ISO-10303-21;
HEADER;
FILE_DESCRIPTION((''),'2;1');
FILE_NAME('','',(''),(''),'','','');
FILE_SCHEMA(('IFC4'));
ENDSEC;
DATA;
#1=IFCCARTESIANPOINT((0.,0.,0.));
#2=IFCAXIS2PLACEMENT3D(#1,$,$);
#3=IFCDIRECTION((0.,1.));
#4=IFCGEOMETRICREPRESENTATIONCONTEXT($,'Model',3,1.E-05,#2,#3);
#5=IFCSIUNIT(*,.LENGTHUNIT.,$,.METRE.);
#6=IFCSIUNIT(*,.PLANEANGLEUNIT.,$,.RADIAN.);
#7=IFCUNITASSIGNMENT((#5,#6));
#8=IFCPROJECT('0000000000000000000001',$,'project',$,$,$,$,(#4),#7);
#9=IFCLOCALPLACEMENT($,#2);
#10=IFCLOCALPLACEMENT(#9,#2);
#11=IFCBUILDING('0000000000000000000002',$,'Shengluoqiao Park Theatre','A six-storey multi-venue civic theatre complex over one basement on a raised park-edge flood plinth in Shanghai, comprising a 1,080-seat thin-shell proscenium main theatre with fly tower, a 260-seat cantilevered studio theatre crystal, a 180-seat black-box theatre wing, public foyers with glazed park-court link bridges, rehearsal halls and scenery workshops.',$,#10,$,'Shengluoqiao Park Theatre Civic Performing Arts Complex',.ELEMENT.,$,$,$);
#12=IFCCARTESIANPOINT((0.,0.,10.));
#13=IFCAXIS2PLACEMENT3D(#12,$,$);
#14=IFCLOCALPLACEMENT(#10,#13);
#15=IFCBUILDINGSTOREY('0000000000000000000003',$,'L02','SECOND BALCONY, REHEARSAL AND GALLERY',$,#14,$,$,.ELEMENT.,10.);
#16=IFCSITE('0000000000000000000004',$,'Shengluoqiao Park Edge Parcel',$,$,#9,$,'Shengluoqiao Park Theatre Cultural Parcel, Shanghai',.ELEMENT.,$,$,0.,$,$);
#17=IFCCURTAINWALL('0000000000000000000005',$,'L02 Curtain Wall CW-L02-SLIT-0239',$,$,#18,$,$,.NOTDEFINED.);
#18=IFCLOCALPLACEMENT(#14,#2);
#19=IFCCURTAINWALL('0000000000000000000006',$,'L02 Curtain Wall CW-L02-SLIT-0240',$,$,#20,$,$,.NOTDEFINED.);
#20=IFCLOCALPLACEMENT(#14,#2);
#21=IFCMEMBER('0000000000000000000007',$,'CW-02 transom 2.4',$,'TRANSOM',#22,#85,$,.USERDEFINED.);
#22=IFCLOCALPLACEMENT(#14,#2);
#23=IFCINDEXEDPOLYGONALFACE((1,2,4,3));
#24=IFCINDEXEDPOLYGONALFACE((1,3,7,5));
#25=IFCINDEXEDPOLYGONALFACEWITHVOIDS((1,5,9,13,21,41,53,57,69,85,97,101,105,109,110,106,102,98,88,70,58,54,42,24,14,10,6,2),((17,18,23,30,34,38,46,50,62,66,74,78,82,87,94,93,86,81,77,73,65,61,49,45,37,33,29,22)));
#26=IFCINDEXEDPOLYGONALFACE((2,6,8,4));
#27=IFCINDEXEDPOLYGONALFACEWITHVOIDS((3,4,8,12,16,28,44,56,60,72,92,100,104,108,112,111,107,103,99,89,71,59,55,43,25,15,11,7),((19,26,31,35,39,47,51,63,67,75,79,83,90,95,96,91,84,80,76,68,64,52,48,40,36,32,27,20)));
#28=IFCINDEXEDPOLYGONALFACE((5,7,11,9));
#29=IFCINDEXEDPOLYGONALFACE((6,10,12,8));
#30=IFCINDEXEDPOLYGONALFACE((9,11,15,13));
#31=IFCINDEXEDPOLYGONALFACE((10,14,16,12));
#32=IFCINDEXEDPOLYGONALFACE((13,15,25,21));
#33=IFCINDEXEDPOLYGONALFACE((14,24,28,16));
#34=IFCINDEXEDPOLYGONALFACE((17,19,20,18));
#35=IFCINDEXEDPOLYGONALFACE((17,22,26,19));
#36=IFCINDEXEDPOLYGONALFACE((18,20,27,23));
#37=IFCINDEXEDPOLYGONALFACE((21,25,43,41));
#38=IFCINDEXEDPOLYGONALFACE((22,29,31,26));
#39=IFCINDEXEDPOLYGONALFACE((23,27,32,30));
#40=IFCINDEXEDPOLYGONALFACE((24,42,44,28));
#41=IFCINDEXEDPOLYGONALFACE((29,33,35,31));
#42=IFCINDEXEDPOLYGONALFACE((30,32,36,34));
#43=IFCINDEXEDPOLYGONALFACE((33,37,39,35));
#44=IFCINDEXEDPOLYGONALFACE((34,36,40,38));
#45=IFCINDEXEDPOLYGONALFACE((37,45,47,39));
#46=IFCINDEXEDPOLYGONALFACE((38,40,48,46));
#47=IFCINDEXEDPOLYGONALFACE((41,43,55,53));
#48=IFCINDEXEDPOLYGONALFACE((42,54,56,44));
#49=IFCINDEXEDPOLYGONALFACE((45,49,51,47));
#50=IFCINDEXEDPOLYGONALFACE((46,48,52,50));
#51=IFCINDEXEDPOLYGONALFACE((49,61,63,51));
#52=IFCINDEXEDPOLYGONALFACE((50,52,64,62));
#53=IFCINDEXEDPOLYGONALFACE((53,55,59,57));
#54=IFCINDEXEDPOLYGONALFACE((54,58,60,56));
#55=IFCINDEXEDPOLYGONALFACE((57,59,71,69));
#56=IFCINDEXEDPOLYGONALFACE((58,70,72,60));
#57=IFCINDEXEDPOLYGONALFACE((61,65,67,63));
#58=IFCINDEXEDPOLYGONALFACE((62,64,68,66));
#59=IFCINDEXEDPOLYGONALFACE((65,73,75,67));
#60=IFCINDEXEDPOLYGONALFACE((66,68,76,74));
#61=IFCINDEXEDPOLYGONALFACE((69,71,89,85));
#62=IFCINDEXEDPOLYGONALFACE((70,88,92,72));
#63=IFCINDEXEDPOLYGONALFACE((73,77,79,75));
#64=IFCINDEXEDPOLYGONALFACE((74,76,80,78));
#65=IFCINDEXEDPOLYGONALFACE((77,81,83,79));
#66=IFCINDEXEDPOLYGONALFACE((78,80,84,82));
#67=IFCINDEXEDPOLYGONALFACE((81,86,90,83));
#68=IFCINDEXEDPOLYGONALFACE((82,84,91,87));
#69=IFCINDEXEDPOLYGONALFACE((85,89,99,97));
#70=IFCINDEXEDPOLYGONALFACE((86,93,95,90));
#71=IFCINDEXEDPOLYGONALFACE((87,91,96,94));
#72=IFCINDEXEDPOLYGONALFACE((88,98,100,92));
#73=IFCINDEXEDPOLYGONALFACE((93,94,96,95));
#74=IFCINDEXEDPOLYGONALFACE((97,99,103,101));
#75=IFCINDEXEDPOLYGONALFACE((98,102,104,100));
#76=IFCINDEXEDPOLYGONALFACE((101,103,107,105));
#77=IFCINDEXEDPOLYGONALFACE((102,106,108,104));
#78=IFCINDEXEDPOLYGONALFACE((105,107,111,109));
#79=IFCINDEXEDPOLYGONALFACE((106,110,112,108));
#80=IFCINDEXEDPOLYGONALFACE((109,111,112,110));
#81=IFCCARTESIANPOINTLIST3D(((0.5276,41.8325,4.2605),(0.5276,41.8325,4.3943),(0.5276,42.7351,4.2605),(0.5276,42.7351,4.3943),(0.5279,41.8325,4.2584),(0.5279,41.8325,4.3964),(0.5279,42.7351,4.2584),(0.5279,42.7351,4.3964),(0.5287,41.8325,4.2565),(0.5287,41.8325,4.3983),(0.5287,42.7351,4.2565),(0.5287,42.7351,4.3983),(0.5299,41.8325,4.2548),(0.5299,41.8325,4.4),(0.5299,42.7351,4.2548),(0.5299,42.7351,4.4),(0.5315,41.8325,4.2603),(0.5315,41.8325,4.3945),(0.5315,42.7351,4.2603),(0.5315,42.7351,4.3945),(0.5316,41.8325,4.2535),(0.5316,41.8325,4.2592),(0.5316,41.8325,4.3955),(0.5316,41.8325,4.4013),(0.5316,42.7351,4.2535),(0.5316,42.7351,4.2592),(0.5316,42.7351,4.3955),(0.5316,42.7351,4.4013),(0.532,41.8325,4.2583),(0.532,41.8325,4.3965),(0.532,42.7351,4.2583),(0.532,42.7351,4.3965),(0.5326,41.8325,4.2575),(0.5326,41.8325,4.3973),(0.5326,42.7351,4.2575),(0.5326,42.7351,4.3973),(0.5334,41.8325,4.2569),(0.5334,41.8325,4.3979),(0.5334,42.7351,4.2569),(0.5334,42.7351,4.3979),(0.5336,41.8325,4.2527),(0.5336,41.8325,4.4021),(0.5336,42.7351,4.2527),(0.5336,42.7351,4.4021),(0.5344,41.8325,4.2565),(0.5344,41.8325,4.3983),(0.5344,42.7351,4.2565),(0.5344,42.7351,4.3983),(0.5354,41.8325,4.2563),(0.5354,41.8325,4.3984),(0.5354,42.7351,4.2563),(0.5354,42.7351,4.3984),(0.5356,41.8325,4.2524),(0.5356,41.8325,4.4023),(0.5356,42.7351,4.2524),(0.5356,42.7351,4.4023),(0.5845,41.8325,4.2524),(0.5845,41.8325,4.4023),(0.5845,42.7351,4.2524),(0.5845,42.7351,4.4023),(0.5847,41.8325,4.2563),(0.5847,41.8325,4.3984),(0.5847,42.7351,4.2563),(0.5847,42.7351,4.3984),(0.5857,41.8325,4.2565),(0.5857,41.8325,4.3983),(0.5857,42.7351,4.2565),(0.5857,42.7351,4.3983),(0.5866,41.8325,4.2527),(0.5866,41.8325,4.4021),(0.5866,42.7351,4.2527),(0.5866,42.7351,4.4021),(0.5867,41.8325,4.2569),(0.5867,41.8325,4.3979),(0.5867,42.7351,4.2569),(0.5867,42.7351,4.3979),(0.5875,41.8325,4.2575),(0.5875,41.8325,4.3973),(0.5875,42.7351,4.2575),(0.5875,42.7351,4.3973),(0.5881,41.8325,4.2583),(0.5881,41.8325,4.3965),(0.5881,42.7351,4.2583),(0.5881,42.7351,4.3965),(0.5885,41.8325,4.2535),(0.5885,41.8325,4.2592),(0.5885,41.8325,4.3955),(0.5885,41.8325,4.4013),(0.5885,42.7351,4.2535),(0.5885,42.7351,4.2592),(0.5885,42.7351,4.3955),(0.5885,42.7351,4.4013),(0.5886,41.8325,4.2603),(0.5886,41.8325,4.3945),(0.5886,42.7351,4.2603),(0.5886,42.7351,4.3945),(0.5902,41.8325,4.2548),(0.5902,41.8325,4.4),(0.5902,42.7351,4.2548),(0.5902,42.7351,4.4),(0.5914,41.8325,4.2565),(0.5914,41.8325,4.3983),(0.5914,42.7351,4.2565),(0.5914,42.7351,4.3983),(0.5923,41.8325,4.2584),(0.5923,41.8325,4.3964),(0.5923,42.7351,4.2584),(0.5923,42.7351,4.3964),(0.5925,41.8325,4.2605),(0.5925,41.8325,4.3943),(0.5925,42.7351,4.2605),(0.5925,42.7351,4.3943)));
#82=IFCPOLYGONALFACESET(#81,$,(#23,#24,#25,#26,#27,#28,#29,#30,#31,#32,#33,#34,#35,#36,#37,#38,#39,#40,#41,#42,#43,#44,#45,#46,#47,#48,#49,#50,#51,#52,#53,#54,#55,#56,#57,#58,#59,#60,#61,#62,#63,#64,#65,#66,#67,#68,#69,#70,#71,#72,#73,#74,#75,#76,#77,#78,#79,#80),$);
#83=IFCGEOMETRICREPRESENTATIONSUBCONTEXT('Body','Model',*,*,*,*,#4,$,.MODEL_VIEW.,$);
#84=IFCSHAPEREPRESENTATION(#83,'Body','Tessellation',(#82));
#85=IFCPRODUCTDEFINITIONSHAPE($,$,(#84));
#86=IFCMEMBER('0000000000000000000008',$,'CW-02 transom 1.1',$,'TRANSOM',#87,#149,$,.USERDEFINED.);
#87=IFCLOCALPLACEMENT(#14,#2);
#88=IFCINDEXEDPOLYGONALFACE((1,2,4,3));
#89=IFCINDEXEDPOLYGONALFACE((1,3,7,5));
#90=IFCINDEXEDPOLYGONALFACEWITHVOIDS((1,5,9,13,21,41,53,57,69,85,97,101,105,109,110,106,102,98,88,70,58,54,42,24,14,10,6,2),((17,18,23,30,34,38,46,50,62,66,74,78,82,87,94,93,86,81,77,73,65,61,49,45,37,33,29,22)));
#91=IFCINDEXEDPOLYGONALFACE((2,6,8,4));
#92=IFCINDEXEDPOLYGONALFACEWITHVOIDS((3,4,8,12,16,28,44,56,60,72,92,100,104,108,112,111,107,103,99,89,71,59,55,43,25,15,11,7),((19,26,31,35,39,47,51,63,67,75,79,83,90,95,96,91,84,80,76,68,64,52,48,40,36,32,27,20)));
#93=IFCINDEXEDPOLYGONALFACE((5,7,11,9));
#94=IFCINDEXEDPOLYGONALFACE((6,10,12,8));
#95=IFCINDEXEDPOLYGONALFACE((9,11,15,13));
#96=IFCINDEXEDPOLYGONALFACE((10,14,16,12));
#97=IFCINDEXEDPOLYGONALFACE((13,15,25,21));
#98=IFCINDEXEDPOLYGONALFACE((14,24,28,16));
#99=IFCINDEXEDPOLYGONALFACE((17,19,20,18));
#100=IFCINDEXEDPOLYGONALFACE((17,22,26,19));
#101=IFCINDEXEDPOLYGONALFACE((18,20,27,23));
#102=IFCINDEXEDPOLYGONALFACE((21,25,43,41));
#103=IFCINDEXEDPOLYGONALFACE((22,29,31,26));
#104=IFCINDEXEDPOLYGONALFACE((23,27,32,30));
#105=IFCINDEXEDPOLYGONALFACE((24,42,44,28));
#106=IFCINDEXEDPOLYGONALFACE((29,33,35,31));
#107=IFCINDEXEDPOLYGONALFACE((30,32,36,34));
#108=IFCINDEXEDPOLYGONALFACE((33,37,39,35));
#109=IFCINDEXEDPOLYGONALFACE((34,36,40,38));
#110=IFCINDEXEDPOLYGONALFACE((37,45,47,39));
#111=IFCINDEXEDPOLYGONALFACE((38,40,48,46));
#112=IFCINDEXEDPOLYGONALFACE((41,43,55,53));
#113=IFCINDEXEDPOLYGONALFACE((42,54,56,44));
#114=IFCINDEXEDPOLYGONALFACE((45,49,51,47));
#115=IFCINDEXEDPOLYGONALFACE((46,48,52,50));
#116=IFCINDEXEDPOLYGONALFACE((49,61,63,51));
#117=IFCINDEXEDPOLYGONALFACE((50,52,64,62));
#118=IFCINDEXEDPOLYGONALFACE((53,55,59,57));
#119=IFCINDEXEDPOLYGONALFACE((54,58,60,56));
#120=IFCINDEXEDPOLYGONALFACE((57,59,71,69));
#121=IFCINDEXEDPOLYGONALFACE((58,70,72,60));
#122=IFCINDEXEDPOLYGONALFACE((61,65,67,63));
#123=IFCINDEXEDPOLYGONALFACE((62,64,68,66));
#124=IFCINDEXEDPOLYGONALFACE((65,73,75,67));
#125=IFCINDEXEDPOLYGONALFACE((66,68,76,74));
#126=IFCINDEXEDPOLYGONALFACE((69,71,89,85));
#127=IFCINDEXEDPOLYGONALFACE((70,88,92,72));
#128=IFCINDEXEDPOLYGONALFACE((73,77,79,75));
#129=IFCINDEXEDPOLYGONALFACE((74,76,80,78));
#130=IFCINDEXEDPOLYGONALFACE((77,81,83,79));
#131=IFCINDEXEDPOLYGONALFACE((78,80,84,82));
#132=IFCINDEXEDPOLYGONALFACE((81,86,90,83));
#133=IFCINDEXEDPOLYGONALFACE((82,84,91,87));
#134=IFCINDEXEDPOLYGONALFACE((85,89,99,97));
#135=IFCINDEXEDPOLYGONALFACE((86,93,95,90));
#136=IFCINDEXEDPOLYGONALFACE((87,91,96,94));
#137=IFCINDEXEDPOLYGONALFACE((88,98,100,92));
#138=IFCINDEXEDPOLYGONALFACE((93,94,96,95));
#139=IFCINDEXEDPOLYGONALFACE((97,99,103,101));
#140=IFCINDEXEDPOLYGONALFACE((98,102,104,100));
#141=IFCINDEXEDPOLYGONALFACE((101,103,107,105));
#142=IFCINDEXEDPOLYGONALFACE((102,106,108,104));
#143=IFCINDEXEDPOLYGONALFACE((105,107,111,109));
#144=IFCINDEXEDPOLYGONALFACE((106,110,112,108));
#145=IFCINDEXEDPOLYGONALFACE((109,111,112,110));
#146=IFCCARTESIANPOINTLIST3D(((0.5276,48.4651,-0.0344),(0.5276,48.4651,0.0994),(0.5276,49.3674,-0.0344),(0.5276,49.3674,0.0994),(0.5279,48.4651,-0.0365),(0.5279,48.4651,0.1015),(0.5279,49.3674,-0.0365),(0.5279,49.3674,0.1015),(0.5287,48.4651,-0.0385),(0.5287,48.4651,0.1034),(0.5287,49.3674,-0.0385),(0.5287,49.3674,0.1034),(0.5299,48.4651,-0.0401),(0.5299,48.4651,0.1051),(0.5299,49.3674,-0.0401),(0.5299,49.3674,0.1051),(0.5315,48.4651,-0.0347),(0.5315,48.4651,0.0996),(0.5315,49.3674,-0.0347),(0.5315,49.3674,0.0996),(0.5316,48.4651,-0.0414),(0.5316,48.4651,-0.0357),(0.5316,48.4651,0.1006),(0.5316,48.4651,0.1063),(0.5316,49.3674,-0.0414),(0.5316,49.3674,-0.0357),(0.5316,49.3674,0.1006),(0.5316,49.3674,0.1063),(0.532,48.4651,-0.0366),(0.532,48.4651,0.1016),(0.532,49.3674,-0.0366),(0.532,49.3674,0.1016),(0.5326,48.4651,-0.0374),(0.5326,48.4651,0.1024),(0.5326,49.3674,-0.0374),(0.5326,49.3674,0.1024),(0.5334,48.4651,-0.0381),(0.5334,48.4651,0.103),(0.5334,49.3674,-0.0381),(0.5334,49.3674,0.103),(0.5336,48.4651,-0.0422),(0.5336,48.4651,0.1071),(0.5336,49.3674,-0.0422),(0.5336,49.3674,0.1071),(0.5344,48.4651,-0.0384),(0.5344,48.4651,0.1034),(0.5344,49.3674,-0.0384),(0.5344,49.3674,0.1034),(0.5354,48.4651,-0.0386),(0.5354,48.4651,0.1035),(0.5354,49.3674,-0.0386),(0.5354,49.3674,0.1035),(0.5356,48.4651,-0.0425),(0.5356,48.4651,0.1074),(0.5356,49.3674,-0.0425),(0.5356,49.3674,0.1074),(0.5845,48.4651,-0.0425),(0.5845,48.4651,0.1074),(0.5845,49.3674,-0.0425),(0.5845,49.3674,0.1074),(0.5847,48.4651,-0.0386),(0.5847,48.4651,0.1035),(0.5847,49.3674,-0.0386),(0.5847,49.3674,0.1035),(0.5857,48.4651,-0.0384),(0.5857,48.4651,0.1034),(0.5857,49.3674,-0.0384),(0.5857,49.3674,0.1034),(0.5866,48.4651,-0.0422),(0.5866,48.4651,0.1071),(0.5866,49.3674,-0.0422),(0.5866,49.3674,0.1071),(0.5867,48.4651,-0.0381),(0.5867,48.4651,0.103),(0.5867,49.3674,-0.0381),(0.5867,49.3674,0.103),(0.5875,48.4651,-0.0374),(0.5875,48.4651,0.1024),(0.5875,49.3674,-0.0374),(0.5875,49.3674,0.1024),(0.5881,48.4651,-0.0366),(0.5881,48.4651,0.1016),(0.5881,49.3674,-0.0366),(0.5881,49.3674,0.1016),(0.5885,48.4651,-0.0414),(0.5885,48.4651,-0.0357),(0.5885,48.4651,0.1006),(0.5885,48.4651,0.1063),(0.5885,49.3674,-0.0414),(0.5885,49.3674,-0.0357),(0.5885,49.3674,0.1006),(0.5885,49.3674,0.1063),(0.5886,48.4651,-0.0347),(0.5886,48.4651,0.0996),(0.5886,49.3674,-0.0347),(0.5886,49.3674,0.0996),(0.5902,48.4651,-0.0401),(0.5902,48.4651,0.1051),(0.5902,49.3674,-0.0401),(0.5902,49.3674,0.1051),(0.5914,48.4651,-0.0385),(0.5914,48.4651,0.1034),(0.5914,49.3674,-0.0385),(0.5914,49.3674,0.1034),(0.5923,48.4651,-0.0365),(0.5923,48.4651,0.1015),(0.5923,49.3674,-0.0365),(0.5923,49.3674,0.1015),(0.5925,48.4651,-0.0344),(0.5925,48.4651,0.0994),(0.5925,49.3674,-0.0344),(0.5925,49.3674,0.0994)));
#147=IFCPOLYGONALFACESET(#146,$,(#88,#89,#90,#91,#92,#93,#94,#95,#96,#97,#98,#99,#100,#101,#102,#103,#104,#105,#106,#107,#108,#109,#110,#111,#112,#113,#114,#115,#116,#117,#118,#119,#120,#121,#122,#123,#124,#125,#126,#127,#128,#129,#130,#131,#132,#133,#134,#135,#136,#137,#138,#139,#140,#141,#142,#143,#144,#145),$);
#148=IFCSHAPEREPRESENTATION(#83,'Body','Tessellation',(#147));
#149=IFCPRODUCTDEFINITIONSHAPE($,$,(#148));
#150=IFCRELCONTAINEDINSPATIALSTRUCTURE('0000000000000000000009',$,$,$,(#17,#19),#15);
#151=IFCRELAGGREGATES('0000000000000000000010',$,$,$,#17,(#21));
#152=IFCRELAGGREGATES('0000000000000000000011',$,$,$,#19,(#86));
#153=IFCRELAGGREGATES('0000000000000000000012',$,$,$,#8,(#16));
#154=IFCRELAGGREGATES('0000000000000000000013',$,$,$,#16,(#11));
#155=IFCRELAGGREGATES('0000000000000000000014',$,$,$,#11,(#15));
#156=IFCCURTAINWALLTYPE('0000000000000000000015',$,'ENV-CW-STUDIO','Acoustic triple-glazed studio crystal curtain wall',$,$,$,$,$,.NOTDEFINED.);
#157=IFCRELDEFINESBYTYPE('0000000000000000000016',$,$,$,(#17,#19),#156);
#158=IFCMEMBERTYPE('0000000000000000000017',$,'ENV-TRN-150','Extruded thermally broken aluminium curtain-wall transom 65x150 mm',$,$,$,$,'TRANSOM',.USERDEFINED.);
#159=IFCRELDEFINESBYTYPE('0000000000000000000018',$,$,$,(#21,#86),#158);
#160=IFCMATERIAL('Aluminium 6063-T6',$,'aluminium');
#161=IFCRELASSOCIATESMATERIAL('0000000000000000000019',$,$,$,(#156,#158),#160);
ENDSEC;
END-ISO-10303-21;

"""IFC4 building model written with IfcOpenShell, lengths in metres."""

from ifc_helpers import new_model, si_unit, direction, frame, origin, origin_2d, place, context, subcontext, project, spatial, hollow_rectangle, extrude, material, material_profile, profile_set, type_object, element, aggregate, save


model = new_model("IFC4")

# Units and contexts
model_context = context("Model", 3, precision=1e-05, world=origin(), true_north=direction((0.0, 1.0)))
body_context = subcontext(model_context, "Body", "Model", "MODEL_VIEW")
ifc_project = project(units=[si_unit("LENGTHUNIT", "METRE"), si_unit("PLANEANGLEUNIT", "RADIAN")], contexts=[model_context])

# Site, building, storey
site_placement = place(None, origin())
site = spatial("IfcSite", under=ifc_project, at=site_placement, Name="Shengluoqiao Park Edge Parcel", LongName="Shengluoqiao Park Theatre Cultural Parcel, Shanghai", CompositionType="ELEMENT", RefElevation=0.0)
building_placement = place(site_placement, origin())
building = spatial("IfcBuilding", under=site, at=building_placement, Name="Shengluoqiao Park Theatre", Description="A six-storey multi-venue civic theatre complex over one basement on a raised park-edge flood plinth in Shanghai, comprising a 1,080-seat thin-shell proscenium main theatre with fly tower, a 260-seat cantilevered studio theatre crystal, a 180-seat black-box theatre wing, public foyers with glazed park-court link bridges, rehearsal halls and scenery workshops.", LongName="Shengluoqiao Park Theatre Civic Performing Arts Complex", CompositionType="ELEMENT")
storey_placement = place(building_placement, frame((0.0, 0.0, 10.0)))
storey = spatial("IfcBuildingStorey", under=building, at=storey_placement, Name="L02", Description="SECOND BALCONY, REHEARSAL AND GALLERY", CompositionType="ELEMENT", Elevation=10.0)

# Curtain walls
ifc_material_1 = material(Name="Aluminium 6063-T6", Category="aluminium")
curtain_wall_type = type_object("IfcCurtainWallType", Name="ENV-CW-STUDIO", Description="Acoustic triple-glazed studio crystal curtain wall", PredefinedType="NOTDEFINED", material=ifc_material_1)
curtain_wall_1_placement = place(storey_placement, origin())
curtain_wall_1 = element("IfcCurtainWall", 1, at=curtain_wall_1_placement, inside=storey, type_object=curtain_wall_type, Name="L02 Curtain Wall CW-L02-SLIT-0239", PredefinedType="NOTDEFINED")
curtain_wall_2_placement = place(storey_placement, origin())
curtain_wall_2 = element("IfcCurtainWall", 2, at=curtain_wall_2_placement, inside=storey, type_object=curtain_wall_type, Name="L02 Curtain Wall CW-L02-SLIT-0240", PredefinedType="NOTDEFINED")

# Members
ifc_material_profile_1 = material_profile(ifc_material_1, hollow_rectangle(XDim=0.0649, YDim=0.1499, WallThickness=0.0039, InnerFilletRadius=0.0039, OuterFilletRadius=0.0081, at=origin_2d()), Name="ALU TRANSOM 150x65x4")
ifc_profile_set_1 = profile_set([ifc_material_profile_1], Name="Aluminium 6063-T6")
member_type_1 = type_object("IfcMemberType", Name="ENV-TRN-150", Description="Extruded thermally broken aluminium curtain-wall transom 65x150 mm", ElementType="TRANSOM", PredefinedType="USERDEFINED", material=ifc_profile_set_1)
member_1_placement = place(storey_placement, frame((0.5601, 41.8325, 4.3274), z_axis=(0.0, 1.0, 0.0), x_axis=(-1.0, 0.0, 0.0)))
member_1 = element("IfcMember", 3, at=member_1_placement, type_object=member_type_1, Name="CW-02 transom 2.4", ObjectType="TRANSOM", PredefinedType="USERDEFINED", context=body_context, shape_type="SweptSolid", body=[
    extrude(hollow_rectangle(XDim=0.0649, YDim=0.1499, WallThickness=0.0039, InnerFilletRadius=0.0039, OuterFilletRadius=0.0081, at=origin_2d()), origin(), (0.0, 0.0, 1.0), 0.9026),
])
member_2_placement = place(storey_placement, frame((0.5601, 48.4651, 0.0325), z_axis=(0.0, 1.0, 0.0), x_axis=(-1.0, 0.0, 0.0)))
member_2 = element("IfcMember", 4, at=member_2_placement, type_object=member_type_1, Name="CW-02 transom 1.1", ObjectType="TRANSOM", PredefinedType="USERDEFINED", context=body_context, shape_type="SweptSolid", body=[
    extrude(hollow_rectangle(XDim=0.0649, YDim=0.1499, WallThickness=0.0039, InnerFilletRadius=0.0039, OuterFilletRadius=0.0081, at=origin_2d()), origin(), (0.0, 0.0, 1.0), 0.9023),
])

aggregate(curtain_wall_1, [member_1])
aggregate(curtain_wall_2, [member_2])

save(model, "model.ifc")
